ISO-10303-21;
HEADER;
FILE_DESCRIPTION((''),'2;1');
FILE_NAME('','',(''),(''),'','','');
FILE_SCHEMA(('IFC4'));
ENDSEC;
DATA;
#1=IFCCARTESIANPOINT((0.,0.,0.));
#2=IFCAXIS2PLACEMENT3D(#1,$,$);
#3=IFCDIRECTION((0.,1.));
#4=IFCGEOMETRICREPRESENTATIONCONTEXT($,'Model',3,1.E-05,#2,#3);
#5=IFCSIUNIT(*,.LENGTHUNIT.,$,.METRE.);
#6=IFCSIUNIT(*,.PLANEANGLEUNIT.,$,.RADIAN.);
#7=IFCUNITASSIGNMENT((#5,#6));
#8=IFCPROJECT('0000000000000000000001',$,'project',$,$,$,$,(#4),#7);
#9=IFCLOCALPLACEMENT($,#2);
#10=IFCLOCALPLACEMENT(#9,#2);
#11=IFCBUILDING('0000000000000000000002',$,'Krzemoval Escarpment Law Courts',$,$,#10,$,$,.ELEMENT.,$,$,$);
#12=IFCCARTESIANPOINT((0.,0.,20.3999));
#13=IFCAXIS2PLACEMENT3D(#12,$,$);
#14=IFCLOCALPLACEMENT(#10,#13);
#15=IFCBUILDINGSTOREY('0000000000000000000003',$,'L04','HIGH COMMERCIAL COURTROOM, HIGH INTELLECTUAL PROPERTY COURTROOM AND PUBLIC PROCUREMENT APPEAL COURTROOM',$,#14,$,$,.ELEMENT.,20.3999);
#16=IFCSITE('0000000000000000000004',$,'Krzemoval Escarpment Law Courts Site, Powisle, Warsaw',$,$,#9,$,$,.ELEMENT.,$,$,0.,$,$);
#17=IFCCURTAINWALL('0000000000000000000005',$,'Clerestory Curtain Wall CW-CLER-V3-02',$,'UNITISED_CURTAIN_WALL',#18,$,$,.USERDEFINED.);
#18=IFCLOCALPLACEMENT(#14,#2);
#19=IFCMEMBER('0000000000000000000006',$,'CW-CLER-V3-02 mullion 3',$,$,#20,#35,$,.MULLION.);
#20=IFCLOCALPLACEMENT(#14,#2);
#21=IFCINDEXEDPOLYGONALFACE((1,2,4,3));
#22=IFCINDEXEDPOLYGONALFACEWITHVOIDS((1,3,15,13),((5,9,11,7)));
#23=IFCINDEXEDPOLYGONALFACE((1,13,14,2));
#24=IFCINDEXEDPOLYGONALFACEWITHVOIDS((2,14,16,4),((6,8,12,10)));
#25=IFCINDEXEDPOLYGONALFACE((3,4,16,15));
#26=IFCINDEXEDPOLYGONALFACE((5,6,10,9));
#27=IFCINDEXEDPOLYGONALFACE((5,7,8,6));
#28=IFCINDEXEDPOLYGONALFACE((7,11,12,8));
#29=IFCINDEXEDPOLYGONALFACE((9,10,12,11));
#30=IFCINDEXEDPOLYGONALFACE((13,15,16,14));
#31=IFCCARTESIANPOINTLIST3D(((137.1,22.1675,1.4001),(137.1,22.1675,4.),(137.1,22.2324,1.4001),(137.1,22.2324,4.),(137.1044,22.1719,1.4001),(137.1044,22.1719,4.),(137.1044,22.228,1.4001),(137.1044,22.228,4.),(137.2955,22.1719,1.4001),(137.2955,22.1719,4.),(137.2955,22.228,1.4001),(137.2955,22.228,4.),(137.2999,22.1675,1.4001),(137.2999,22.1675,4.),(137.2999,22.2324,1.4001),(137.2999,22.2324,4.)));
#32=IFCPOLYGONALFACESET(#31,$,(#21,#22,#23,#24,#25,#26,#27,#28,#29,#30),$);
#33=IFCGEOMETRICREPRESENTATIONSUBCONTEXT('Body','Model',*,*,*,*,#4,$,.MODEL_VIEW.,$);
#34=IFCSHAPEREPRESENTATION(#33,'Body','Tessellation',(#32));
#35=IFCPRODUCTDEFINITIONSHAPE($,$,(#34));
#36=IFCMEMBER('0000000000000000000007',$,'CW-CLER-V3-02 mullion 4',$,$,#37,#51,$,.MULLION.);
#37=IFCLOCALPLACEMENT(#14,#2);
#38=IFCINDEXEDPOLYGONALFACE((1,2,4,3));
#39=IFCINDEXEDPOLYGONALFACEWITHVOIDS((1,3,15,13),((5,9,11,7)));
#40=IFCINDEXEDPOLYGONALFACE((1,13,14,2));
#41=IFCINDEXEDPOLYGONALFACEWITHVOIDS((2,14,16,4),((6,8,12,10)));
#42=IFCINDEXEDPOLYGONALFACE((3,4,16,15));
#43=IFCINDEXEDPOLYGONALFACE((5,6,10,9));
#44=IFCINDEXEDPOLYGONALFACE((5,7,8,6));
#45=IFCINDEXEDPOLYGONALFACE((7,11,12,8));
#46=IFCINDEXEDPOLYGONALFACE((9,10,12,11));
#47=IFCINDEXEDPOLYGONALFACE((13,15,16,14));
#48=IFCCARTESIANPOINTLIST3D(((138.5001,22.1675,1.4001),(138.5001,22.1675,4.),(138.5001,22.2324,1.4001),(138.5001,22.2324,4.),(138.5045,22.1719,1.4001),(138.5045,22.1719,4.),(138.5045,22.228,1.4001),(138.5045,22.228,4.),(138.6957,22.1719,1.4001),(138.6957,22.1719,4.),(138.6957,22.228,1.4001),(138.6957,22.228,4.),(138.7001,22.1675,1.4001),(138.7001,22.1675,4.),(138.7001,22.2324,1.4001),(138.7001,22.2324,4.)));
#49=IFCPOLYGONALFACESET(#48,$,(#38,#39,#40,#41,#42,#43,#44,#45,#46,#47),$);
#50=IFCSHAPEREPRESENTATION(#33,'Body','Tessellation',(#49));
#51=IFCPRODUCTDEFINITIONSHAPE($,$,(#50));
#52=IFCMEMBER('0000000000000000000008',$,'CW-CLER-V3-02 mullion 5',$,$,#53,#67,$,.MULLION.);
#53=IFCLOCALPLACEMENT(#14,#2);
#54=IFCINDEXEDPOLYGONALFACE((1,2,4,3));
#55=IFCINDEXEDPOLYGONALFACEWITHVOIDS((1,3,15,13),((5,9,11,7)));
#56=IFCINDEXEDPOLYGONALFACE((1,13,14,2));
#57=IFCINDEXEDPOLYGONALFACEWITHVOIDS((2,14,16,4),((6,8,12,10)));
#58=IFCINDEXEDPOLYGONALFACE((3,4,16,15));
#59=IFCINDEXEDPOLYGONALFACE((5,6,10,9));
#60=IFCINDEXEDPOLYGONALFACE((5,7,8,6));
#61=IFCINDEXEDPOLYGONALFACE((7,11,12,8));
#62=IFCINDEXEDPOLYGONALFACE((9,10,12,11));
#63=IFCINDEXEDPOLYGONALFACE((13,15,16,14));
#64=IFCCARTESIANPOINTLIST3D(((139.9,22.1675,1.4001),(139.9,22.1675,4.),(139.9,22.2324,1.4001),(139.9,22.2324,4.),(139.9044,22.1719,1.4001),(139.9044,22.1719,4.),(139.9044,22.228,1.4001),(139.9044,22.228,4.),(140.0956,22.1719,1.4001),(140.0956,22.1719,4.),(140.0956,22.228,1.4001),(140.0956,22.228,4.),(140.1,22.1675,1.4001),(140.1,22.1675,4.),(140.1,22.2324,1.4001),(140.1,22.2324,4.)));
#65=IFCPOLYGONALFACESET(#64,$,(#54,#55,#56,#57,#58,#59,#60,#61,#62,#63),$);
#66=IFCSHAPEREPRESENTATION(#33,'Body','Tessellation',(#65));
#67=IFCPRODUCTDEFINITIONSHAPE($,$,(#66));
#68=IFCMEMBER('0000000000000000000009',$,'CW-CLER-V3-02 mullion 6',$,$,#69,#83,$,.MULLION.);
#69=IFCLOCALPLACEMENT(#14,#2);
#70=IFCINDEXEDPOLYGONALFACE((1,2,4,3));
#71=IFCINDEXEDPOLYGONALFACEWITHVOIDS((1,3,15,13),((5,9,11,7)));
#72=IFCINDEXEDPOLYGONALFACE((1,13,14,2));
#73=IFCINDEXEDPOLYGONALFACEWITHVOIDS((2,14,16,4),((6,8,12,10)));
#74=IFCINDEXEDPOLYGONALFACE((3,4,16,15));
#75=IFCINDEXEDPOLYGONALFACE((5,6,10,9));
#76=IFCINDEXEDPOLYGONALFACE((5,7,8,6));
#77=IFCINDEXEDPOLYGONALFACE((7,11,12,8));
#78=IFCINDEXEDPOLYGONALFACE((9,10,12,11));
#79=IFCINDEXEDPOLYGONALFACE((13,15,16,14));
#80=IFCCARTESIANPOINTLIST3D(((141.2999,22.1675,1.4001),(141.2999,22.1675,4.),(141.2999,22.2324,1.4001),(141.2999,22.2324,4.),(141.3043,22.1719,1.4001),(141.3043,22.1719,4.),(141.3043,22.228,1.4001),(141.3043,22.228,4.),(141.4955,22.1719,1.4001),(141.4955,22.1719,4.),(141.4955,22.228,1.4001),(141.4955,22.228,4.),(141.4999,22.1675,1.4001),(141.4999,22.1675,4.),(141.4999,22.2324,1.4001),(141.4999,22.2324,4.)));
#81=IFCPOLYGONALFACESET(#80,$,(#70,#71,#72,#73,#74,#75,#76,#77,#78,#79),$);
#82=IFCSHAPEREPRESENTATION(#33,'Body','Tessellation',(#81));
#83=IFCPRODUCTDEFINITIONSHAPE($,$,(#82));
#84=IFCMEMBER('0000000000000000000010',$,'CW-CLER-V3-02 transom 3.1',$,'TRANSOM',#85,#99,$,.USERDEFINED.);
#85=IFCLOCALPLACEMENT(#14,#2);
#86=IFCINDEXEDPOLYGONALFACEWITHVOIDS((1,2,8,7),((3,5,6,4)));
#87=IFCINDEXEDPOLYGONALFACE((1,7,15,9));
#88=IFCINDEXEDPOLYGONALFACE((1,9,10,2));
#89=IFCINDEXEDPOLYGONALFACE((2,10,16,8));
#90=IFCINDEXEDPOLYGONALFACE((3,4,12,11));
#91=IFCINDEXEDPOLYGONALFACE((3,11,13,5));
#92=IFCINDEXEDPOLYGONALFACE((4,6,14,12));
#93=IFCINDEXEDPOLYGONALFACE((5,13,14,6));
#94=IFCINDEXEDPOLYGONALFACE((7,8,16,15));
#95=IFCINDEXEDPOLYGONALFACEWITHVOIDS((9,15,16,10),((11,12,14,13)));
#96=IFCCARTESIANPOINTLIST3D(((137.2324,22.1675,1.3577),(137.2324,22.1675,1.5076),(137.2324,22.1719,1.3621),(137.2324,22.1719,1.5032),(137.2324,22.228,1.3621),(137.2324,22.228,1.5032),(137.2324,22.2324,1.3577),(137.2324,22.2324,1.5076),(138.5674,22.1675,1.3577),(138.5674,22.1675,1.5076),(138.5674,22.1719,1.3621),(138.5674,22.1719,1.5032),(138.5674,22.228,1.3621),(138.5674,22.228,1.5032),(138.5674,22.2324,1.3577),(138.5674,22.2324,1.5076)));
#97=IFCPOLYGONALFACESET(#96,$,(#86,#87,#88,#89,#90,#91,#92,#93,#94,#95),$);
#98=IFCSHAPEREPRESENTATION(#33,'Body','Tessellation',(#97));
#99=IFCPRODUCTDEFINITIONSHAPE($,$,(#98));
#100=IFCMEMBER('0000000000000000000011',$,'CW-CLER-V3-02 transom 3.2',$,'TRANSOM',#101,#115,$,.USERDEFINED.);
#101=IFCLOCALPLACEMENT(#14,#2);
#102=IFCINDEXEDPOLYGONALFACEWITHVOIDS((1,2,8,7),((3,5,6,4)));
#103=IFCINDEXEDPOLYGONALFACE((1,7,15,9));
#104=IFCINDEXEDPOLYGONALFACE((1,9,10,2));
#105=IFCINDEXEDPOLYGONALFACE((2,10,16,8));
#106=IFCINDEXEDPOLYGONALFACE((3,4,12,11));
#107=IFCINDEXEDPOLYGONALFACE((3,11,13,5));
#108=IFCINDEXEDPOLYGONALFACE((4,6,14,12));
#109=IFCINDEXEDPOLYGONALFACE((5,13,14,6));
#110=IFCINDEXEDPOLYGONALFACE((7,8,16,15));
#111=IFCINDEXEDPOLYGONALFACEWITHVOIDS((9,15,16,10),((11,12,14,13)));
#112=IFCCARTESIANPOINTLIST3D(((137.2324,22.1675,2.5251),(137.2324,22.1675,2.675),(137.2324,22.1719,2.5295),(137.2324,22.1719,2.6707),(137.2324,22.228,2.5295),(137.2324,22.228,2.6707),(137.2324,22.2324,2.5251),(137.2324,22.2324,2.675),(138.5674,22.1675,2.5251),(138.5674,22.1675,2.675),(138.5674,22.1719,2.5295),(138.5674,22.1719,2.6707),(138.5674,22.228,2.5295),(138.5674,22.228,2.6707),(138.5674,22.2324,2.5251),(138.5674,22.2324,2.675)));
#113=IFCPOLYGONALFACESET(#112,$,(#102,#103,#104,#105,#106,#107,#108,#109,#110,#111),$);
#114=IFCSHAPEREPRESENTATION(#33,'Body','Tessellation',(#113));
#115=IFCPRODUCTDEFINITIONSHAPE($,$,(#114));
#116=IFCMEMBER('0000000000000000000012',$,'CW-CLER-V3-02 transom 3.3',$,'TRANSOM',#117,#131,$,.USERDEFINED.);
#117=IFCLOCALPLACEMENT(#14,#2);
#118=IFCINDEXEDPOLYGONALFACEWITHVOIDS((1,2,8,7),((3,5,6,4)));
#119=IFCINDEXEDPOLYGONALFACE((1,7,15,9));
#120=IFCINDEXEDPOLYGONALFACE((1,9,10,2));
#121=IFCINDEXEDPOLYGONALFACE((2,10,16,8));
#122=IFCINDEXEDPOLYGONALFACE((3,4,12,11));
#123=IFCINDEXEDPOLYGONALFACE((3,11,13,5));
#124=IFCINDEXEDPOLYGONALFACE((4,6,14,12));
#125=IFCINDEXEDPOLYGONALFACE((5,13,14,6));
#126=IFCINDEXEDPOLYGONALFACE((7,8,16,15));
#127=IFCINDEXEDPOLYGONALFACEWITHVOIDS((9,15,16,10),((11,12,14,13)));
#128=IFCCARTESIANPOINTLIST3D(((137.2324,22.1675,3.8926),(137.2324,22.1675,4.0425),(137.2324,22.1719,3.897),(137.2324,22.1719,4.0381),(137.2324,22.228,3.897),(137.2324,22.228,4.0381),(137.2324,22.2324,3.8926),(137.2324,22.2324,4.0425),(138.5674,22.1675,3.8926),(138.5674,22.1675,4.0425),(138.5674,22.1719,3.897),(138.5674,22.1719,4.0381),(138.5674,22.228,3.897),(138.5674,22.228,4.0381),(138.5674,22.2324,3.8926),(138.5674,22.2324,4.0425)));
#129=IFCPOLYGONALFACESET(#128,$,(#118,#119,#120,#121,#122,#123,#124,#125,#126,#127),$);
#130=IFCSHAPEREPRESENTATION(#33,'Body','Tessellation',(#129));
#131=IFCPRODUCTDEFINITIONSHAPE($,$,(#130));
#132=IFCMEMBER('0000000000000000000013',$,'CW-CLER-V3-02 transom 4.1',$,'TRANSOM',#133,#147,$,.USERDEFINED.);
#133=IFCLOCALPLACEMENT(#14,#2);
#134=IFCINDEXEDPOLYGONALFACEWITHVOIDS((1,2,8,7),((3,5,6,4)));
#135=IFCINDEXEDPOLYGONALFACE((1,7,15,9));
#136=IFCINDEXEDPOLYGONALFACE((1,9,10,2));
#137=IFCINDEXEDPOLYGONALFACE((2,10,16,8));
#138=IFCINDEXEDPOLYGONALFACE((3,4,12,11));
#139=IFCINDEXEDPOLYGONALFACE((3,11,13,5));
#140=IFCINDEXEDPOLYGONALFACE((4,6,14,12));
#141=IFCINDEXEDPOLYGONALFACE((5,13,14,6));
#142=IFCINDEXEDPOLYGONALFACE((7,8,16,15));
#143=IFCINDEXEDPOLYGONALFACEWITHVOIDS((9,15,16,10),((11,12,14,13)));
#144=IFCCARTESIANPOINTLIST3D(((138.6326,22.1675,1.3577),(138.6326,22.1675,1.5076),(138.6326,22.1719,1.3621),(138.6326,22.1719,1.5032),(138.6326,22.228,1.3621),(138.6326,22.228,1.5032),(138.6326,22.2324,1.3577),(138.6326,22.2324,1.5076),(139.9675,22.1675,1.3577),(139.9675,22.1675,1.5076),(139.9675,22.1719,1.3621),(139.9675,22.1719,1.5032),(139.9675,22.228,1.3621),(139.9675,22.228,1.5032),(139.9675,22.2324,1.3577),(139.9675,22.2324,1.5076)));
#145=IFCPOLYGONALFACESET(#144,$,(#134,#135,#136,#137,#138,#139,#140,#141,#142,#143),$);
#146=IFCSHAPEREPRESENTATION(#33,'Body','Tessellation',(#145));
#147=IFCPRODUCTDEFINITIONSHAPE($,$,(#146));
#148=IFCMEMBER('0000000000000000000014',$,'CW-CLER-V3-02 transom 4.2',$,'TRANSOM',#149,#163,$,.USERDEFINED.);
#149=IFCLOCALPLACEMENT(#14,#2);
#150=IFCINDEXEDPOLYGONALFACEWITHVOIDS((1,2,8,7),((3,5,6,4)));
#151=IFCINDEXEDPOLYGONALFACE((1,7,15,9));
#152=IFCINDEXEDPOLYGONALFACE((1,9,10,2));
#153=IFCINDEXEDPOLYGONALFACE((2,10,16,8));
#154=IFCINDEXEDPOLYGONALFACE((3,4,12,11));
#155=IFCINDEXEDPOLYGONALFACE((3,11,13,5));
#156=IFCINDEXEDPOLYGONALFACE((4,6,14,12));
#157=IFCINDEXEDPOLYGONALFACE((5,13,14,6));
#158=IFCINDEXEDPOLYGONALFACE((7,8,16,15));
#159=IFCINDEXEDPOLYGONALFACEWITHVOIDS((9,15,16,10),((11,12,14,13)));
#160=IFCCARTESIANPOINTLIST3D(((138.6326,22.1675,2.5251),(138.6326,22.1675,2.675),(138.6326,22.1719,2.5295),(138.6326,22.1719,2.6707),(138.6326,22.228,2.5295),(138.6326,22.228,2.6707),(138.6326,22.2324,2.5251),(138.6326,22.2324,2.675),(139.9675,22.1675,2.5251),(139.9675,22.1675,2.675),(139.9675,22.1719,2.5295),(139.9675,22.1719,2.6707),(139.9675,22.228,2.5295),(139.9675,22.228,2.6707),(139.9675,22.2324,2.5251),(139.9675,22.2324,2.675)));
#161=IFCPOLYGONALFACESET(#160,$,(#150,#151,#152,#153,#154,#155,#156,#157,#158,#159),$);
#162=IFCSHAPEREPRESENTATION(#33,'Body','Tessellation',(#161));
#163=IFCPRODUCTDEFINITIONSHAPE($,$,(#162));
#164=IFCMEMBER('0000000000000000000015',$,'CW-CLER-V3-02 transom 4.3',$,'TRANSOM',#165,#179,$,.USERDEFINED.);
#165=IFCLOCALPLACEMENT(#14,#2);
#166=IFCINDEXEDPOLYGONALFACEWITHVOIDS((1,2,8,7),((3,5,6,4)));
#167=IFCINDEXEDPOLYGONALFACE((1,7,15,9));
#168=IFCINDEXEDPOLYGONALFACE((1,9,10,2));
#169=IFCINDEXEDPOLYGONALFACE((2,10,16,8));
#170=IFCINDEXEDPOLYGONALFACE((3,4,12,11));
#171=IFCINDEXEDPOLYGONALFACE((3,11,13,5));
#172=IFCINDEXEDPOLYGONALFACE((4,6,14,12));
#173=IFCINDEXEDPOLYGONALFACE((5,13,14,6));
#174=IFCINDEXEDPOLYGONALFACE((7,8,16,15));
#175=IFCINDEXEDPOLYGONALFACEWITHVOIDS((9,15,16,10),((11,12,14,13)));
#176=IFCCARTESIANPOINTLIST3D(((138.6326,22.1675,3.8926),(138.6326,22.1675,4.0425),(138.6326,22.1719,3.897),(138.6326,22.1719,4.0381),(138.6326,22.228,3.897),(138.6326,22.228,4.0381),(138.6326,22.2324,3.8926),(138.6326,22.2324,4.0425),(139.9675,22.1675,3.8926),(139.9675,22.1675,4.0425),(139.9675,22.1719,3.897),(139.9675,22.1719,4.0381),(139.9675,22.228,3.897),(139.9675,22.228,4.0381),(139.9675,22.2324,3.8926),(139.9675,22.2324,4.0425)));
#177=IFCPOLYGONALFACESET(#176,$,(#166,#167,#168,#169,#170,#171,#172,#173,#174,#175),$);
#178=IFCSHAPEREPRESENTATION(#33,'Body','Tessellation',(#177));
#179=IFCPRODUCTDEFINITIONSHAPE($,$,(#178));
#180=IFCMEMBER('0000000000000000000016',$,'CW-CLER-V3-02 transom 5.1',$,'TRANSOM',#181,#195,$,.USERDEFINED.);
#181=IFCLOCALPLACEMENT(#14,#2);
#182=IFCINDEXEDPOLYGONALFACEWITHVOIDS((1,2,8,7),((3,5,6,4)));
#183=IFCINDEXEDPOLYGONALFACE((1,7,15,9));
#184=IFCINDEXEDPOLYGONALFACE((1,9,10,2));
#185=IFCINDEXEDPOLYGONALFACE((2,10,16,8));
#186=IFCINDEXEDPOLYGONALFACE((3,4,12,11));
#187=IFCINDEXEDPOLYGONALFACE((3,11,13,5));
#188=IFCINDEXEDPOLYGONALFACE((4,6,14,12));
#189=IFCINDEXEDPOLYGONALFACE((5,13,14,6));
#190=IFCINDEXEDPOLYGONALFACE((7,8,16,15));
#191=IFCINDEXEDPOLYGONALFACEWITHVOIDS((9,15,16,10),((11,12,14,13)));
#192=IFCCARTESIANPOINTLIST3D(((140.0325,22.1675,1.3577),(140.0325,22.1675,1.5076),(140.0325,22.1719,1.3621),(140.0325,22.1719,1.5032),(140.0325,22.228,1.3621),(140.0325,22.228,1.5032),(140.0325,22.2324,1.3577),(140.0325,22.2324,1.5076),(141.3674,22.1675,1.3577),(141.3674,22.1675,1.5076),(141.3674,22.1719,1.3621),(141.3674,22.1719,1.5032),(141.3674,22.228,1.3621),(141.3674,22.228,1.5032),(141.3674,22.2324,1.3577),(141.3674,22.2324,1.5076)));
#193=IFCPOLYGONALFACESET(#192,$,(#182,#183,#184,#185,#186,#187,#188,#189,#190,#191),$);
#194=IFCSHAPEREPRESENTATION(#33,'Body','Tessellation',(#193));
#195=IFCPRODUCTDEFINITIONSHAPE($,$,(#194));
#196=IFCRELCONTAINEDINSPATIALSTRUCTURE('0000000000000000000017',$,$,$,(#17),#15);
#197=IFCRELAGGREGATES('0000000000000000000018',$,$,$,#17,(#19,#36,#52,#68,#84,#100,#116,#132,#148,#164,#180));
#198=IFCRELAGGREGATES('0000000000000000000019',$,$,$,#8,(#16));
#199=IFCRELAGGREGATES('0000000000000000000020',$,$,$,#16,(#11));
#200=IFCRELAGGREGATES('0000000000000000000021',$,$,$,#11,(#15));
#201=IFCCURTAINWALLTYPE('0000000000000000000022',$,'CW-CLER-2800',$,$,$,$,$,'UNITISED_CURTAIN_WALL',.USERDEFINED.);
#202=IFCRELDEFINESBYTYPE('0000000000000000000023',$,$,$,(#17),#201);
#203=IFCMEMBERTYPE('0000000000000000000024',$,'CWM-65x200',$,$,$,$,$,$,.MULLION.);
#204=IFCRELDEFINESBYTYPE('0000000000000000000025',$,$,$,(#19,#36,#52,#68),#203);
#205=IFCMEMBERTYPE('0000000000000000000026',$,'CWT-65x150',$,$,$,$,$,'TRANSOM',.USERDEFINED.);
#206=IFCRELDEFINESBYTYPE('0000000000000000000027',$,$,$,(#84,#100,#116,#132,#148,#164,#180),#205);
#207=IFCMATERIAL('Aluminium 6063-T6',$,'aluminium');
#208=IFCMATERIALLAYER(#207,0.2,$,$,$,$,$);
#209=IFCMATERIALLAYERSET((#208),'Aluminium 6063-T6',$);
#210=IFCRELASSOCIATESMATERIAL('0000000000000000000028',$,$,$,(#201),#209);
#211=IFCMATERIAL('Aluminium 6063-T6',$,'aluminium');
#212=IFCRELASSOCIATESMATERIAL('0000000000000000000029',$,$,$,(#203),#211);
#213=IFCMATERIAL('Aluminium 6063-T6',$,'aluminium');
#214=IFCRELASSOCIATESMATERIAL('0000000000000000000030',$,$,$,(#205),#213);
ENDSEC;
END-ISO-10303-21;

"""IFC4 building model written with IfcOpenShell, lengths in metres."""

from ifc_helpers import new_model, si_unit, direction, frame, origin, origin_2d, place, context, subcontext, project, spatial, hollow_rectangle, extrude, material, layer, layer_set, material_profile, profile_set, type_object, element, aggregate, save


model = new_model("IFC4")

# Units and contexts
model_context = context("Model", 3, precision=1e-05, world=origin(), true_north=direction((0.0, 1.0)))
body_context = subcontext(model_context, "Body", "Model", "MODEL_VIEW")
ifc_project = project(units=[si_unit("LENGTHUNIT", "METRE"), si_unit("PLANEANGLEUNIT", "RADIAN")], contexts=[model_context])

# Site, building, storey
site_placement = place(None, origin())
site = spatial("IfcSite", under=ifc_project, at=site_placement, Name="Krzemoval Escarpment Law Courts Site, Powisle, Warsaw", CompositionType="ELEMENT", RefElevation=0.0)
building_placement = place(site_placement, origin())
building = spatial("IfcBuilding", under=site, at=building_placement, Name="Krzemoval Escarpment Law Courts", CompositionType="ELEMENT")
storey_placement = place(building_placement, frame((0.0, 0.0, 20.3999)))
storey = spatial("IfcBuildingStorey", under=building, at=storey_placement, Name="L04", Description="HIGH COMMERCIAL COURTROOM, HIGH INTELLECTUAL PROPERTY COURTROOM AND PUBLIC PROCUREMENT APPEAL COURTROOM", CompositionType="ELEMENT", Elevation=20.3999)

# Curtain wall, members
ifc_material_1 = material(Name="Aluminium 6063-T6", Category="aluminium")
ifc_layer_1 = layer(ifc_material_1, 0.2)
ifc_layer_set_1 = layer_set([ifc_layer_1], Name="Aluminium 6063-T6")
curtain_wall_type = type_object("IfcCurtainWallType", Name="CW-CLER-2800", ElementType="UNITISED_CURTAIN_WALL", PredefinedType="USERDEFINED", material=ifc_layer_set_1)
curtain_wall_placement = place(storey_placement, origin())
curtain_wall = element("IfcCurtainWall", 1, at=curtain_wall_placement, inside=storey, type_object=curtain_wall_type, Name="Clerestory Curtain Wall CW-CLER-V3-02", ObjectType="UNITISED_CURTAIN_WALL", PredefinedType="USERDEFINED")
ifc_material_2 = material(Name="Aluminium 6063-T6", Category="aluminium")
ifc_material_profile_1 = material_profile(ifc_material_2, hollow_rectangle(XDim=0.0649, YDim=0.2, WallThickness=0.0044, at=origin_2d()), Name="ALU M65x200")
ifc_profile_set_1 = profile_set([ifc_material_profile_1], Name="Aluminium 6063-T6")
member_type_1 = type_object("IfcMemberType", Name="CWM-65x200", PredefinedType="MULLION", material=ifc_profile_set_1)
member_1_placement = place(storey_placement, frame((137.2, 22.2, 1.4001), z_axis=(0.0, 0.0, 1.0), x_axis=(0.0, 1.0, 0.0)))
member_1 = element("IfcMember", 2, at=member_1_placement, type_object=member_type_1, Name="CW-CLER-V3-02 mullion 3", PredefinedType="MULLION", context=body_context, shape_type="SweptSolid", body=[
    extrude(hollow_rectangle(XDim=0.0649, YDim=0.2, WallThickness=0.0044, at=origin_2d()), origin(), (0.0, 0.0, 1.0), 2.5999),
])
member_2_placement = place(storey_placement, frame((138.6001, 22.2, 1.4001), z_axis=(0.0, 0.0, 1.0), x_axis=(0.0, 1.0, 0.0)))
member_2 = element("IfcMember", 3, at=member_2_placement, type_object=member_type_1, Name="CW-CLER-V3-02 mullion 4", PredefinedType="MULLION", context=body_context, shape_type="SweptSolid", body=[
    extrude(hollow_rectangle(XDim=0.0649, YDim=0.2, WallThickness=0.0044, at=origin_2d()), origin(), (0.0, 0.0, 1.0), 2.5999),
])
member_3_placement = place(storey_placement, frame((140.0, 22.2, 1.4001), z_axis=(0.0, 0.0, 1.0), x_axis=(0.0, 1.0, 0.0)))
member_3 = element("IfcMember", 4, at=member_3_placement, type_object=member_type_1, Name="CW-CLER-V3-02 mullion 5", PredefinedType="MULLION", context=body_context, shape_type="SweptSolid", body=[
    extrude(hollow_rectangle(XDim=0.0649, YDim=0.2, WallThickness=0.0044, at=origin_2d()), origin(), (0.0, 0.0, 1.0), 2.5999),
])
member_4_placement = place(storey_placement, frame((141.3999, 22.2, 1.4001), z_axis=(0.0, 0.0, 1.0), x_axis=(0.0, 1.0, 0.0)))
member_4 = element("IfcMember", 5, at=member_4_placement, type_object=member_type_1, Name="CW-CLER-V3-02 mullion 6", PredefinedType="MULLION", context=body_context, shape_type="SweptSolid", body=[
    extrude(hollow_rectangle(XDim=0.0649, YDim=0.2, WallThickness=0.0044, at=origin_2d()), origin(), (0.0, 0.0, 1.0), 2.5999),
])
ifc_material_3 = material(Name="Aluminium 6063-T6", Category="aluminium")
ifc_material_profile_2 = material_profile(ifc_material_3, hollow_rectangle(XDim=0.0649, YDim=0.1499, WallThickness=0.0044, at=origin_2d()), Name="ALU T65x150")
ifc_profile_set_2 = profile_set([ifc_material_profile_2], Name="Aluminium 6063-T6")
member_type_2 = type_object("IfcMemberType", Name="CWT-65x150", ElementType="TRANSOM", PredefinedType="USERDEFINED", material=ifc_profile_set_2)
member_5_placement = place(storey_placement, frame((137.2324, 22.2, 1.4326), z_axis=(1.0, 0.0, 0.0), x_axis=(0.0, 1.0, 0.0)))
member_5 = element("IfcMember", 6, at=member_5_placement, type_object=member_type_2, Name="CW-CLER-V3-02 transom 3.1", ObjectType="TRANSOM", PredefinedType="USERDEFINED", context=body_context, shape_type="SweptSolid", body=[
    extrude(hollow_rectangle(XDim=0.0649, YDim=0.1499, WallThickness=0.0044, at=origin_2d()), origin(), (0.0, 0.0, 1.0), 1.335),
])
member_6_placement = place(storey_placement, frame((137.2324, 22.2, 2.6001), z_axis=(1.0, 0.0, 0.0), x_axis=(0.0, 1.0, 0.0)))
member_6 = element("IfcMember", 7, at=member_6_placement, type_object=member_type_2, Name="CW-CLER-V3-02 transom 3.2", ObjectType="TRANSOM", PredefinedType="USERDEFINED", context=body_context, shape_type="SweptSolid", body=[
    extrude(hollow_rectangle(XDim=0.0649, YDim=0.1499, WallThickness=0.0044, at=origin_2d()), origin(), (0.0, 0.0, 1.0), 1.335),
])
member_7_placement = place(storey_placement, frame((137.2324, 22.2, 3.9675), z_axis=(1.0, 0.0, 0.0), x_axis=(0.0, 1.0, 0.0)))
member_7 = element("IfcMember", 8, at=member_7_placement, type_object=member_type_2, Name="CW-CLER-V3-02 transom 3.3", ObjectType="TRANSOM", PredefinedType="USERDEFINED", context=body_context, shape_type="SweptSolid", body=[
    extrude(hollow_rectangle(XDim=0.0649, YDim=0.1499, WallThickness=0.0044, at=origin_2d()), origin(), (0.0, 0.0, 1.0), 1.335),
])
member_8_placement = place(storey_placement, frame((138.6326, 22.2, 1.4326), z_axis=(1.0, 0.0, 0.0), x_axis=(0.0, 1.0, 0.0)))
member_8 = element("IfcMember", 9, at=member_8_placement, type_object=member_type_2, Name="CW-CLER-V3-02 transom 4.1", ObjectType="TRANSOM", PredefinedType="USERDEFINED", context=body_context, shape_type="SweptSolid", body=[
    extrude(hollow_rectangle(XDim=0.0649, YDim=0.1499, WallThickness=0.0044, at=origin_2d()), origin(), (0.0, 0.0, 1.0), 1.335),
])
member_9_placement = place(storey_placement, frame((138.6326, 22.2, 2.6001), z_axis=(1.0, 0.0, 0.0), x_axis=(0.0, 1.0, 0.0)))
member_9 = element("IfcMember", 10, at=member_9_placement, type_object=member_type_2, Name="CW-CLER-V3-02 transom 4.2", ObjectType="TRANSOM", PredefinedType="USERDEFINED", context=body_context, shape_type="SweptSolid", body=[
    extrude(hollow_rectangle(XDim=0.0649, YDim=0.1499, WallThickness=0.0044, at=origin_2d()), origin(), (0.0, 0.0, 1.0), 1.335),
])
member_10_placement = place(storey_placement, frame((138.6326, 22.2, 3.9675), z_axis=(1.0, 0.0, 0.0), x_axis=(0.0, 1.0, 0.0)))
member_10 = element("IfcMember", 11, at=member_10_placement, type_object=member_type_2, Name="CW-CLER-V3-02 transom 4.3", ObjectType="TRANSOM", PredefinedType="USERDEFINED", context=body_context, shape_type="SweptSolid", body=[
    extrude(hollow_rectangle(XDim=0.0649, YDim=0.1499, WallThickness=0.0044, at=origin_2d()), origin(), (0.0, 0.0, 1.0), 1.335),
])
member_11_placement = place(storey_placement, frame((140.0325, 22.2, 1.4326), z_axis=(1.0, 0.0, 0.0), x_axis=(0.0, 1.0, 0.0)))
member_11 = element("IfcMember", 12, at=member_11_placement, type_object=member_type_2, Name="CW-CLER-V3-02 transom 5.1", ObjectType="TRANSOM", PredefinedType="USERDEFINED", context=body_context, shape_type="SweptSolid", body=[
    extrude(hollow_rectangle(XDim=0.0649, YDim=0.1499, WallThickness=0.0044, at=origin_2d()), origin(), (0.0, 0.0, 1.0), 1.335),
])
aggregate(curtain_wall, [member_1, member_2, member_3, member_4, member_5, member_6, member_7, member_8, member_9, member_10, member_11])

save(model, "model.ifc")
